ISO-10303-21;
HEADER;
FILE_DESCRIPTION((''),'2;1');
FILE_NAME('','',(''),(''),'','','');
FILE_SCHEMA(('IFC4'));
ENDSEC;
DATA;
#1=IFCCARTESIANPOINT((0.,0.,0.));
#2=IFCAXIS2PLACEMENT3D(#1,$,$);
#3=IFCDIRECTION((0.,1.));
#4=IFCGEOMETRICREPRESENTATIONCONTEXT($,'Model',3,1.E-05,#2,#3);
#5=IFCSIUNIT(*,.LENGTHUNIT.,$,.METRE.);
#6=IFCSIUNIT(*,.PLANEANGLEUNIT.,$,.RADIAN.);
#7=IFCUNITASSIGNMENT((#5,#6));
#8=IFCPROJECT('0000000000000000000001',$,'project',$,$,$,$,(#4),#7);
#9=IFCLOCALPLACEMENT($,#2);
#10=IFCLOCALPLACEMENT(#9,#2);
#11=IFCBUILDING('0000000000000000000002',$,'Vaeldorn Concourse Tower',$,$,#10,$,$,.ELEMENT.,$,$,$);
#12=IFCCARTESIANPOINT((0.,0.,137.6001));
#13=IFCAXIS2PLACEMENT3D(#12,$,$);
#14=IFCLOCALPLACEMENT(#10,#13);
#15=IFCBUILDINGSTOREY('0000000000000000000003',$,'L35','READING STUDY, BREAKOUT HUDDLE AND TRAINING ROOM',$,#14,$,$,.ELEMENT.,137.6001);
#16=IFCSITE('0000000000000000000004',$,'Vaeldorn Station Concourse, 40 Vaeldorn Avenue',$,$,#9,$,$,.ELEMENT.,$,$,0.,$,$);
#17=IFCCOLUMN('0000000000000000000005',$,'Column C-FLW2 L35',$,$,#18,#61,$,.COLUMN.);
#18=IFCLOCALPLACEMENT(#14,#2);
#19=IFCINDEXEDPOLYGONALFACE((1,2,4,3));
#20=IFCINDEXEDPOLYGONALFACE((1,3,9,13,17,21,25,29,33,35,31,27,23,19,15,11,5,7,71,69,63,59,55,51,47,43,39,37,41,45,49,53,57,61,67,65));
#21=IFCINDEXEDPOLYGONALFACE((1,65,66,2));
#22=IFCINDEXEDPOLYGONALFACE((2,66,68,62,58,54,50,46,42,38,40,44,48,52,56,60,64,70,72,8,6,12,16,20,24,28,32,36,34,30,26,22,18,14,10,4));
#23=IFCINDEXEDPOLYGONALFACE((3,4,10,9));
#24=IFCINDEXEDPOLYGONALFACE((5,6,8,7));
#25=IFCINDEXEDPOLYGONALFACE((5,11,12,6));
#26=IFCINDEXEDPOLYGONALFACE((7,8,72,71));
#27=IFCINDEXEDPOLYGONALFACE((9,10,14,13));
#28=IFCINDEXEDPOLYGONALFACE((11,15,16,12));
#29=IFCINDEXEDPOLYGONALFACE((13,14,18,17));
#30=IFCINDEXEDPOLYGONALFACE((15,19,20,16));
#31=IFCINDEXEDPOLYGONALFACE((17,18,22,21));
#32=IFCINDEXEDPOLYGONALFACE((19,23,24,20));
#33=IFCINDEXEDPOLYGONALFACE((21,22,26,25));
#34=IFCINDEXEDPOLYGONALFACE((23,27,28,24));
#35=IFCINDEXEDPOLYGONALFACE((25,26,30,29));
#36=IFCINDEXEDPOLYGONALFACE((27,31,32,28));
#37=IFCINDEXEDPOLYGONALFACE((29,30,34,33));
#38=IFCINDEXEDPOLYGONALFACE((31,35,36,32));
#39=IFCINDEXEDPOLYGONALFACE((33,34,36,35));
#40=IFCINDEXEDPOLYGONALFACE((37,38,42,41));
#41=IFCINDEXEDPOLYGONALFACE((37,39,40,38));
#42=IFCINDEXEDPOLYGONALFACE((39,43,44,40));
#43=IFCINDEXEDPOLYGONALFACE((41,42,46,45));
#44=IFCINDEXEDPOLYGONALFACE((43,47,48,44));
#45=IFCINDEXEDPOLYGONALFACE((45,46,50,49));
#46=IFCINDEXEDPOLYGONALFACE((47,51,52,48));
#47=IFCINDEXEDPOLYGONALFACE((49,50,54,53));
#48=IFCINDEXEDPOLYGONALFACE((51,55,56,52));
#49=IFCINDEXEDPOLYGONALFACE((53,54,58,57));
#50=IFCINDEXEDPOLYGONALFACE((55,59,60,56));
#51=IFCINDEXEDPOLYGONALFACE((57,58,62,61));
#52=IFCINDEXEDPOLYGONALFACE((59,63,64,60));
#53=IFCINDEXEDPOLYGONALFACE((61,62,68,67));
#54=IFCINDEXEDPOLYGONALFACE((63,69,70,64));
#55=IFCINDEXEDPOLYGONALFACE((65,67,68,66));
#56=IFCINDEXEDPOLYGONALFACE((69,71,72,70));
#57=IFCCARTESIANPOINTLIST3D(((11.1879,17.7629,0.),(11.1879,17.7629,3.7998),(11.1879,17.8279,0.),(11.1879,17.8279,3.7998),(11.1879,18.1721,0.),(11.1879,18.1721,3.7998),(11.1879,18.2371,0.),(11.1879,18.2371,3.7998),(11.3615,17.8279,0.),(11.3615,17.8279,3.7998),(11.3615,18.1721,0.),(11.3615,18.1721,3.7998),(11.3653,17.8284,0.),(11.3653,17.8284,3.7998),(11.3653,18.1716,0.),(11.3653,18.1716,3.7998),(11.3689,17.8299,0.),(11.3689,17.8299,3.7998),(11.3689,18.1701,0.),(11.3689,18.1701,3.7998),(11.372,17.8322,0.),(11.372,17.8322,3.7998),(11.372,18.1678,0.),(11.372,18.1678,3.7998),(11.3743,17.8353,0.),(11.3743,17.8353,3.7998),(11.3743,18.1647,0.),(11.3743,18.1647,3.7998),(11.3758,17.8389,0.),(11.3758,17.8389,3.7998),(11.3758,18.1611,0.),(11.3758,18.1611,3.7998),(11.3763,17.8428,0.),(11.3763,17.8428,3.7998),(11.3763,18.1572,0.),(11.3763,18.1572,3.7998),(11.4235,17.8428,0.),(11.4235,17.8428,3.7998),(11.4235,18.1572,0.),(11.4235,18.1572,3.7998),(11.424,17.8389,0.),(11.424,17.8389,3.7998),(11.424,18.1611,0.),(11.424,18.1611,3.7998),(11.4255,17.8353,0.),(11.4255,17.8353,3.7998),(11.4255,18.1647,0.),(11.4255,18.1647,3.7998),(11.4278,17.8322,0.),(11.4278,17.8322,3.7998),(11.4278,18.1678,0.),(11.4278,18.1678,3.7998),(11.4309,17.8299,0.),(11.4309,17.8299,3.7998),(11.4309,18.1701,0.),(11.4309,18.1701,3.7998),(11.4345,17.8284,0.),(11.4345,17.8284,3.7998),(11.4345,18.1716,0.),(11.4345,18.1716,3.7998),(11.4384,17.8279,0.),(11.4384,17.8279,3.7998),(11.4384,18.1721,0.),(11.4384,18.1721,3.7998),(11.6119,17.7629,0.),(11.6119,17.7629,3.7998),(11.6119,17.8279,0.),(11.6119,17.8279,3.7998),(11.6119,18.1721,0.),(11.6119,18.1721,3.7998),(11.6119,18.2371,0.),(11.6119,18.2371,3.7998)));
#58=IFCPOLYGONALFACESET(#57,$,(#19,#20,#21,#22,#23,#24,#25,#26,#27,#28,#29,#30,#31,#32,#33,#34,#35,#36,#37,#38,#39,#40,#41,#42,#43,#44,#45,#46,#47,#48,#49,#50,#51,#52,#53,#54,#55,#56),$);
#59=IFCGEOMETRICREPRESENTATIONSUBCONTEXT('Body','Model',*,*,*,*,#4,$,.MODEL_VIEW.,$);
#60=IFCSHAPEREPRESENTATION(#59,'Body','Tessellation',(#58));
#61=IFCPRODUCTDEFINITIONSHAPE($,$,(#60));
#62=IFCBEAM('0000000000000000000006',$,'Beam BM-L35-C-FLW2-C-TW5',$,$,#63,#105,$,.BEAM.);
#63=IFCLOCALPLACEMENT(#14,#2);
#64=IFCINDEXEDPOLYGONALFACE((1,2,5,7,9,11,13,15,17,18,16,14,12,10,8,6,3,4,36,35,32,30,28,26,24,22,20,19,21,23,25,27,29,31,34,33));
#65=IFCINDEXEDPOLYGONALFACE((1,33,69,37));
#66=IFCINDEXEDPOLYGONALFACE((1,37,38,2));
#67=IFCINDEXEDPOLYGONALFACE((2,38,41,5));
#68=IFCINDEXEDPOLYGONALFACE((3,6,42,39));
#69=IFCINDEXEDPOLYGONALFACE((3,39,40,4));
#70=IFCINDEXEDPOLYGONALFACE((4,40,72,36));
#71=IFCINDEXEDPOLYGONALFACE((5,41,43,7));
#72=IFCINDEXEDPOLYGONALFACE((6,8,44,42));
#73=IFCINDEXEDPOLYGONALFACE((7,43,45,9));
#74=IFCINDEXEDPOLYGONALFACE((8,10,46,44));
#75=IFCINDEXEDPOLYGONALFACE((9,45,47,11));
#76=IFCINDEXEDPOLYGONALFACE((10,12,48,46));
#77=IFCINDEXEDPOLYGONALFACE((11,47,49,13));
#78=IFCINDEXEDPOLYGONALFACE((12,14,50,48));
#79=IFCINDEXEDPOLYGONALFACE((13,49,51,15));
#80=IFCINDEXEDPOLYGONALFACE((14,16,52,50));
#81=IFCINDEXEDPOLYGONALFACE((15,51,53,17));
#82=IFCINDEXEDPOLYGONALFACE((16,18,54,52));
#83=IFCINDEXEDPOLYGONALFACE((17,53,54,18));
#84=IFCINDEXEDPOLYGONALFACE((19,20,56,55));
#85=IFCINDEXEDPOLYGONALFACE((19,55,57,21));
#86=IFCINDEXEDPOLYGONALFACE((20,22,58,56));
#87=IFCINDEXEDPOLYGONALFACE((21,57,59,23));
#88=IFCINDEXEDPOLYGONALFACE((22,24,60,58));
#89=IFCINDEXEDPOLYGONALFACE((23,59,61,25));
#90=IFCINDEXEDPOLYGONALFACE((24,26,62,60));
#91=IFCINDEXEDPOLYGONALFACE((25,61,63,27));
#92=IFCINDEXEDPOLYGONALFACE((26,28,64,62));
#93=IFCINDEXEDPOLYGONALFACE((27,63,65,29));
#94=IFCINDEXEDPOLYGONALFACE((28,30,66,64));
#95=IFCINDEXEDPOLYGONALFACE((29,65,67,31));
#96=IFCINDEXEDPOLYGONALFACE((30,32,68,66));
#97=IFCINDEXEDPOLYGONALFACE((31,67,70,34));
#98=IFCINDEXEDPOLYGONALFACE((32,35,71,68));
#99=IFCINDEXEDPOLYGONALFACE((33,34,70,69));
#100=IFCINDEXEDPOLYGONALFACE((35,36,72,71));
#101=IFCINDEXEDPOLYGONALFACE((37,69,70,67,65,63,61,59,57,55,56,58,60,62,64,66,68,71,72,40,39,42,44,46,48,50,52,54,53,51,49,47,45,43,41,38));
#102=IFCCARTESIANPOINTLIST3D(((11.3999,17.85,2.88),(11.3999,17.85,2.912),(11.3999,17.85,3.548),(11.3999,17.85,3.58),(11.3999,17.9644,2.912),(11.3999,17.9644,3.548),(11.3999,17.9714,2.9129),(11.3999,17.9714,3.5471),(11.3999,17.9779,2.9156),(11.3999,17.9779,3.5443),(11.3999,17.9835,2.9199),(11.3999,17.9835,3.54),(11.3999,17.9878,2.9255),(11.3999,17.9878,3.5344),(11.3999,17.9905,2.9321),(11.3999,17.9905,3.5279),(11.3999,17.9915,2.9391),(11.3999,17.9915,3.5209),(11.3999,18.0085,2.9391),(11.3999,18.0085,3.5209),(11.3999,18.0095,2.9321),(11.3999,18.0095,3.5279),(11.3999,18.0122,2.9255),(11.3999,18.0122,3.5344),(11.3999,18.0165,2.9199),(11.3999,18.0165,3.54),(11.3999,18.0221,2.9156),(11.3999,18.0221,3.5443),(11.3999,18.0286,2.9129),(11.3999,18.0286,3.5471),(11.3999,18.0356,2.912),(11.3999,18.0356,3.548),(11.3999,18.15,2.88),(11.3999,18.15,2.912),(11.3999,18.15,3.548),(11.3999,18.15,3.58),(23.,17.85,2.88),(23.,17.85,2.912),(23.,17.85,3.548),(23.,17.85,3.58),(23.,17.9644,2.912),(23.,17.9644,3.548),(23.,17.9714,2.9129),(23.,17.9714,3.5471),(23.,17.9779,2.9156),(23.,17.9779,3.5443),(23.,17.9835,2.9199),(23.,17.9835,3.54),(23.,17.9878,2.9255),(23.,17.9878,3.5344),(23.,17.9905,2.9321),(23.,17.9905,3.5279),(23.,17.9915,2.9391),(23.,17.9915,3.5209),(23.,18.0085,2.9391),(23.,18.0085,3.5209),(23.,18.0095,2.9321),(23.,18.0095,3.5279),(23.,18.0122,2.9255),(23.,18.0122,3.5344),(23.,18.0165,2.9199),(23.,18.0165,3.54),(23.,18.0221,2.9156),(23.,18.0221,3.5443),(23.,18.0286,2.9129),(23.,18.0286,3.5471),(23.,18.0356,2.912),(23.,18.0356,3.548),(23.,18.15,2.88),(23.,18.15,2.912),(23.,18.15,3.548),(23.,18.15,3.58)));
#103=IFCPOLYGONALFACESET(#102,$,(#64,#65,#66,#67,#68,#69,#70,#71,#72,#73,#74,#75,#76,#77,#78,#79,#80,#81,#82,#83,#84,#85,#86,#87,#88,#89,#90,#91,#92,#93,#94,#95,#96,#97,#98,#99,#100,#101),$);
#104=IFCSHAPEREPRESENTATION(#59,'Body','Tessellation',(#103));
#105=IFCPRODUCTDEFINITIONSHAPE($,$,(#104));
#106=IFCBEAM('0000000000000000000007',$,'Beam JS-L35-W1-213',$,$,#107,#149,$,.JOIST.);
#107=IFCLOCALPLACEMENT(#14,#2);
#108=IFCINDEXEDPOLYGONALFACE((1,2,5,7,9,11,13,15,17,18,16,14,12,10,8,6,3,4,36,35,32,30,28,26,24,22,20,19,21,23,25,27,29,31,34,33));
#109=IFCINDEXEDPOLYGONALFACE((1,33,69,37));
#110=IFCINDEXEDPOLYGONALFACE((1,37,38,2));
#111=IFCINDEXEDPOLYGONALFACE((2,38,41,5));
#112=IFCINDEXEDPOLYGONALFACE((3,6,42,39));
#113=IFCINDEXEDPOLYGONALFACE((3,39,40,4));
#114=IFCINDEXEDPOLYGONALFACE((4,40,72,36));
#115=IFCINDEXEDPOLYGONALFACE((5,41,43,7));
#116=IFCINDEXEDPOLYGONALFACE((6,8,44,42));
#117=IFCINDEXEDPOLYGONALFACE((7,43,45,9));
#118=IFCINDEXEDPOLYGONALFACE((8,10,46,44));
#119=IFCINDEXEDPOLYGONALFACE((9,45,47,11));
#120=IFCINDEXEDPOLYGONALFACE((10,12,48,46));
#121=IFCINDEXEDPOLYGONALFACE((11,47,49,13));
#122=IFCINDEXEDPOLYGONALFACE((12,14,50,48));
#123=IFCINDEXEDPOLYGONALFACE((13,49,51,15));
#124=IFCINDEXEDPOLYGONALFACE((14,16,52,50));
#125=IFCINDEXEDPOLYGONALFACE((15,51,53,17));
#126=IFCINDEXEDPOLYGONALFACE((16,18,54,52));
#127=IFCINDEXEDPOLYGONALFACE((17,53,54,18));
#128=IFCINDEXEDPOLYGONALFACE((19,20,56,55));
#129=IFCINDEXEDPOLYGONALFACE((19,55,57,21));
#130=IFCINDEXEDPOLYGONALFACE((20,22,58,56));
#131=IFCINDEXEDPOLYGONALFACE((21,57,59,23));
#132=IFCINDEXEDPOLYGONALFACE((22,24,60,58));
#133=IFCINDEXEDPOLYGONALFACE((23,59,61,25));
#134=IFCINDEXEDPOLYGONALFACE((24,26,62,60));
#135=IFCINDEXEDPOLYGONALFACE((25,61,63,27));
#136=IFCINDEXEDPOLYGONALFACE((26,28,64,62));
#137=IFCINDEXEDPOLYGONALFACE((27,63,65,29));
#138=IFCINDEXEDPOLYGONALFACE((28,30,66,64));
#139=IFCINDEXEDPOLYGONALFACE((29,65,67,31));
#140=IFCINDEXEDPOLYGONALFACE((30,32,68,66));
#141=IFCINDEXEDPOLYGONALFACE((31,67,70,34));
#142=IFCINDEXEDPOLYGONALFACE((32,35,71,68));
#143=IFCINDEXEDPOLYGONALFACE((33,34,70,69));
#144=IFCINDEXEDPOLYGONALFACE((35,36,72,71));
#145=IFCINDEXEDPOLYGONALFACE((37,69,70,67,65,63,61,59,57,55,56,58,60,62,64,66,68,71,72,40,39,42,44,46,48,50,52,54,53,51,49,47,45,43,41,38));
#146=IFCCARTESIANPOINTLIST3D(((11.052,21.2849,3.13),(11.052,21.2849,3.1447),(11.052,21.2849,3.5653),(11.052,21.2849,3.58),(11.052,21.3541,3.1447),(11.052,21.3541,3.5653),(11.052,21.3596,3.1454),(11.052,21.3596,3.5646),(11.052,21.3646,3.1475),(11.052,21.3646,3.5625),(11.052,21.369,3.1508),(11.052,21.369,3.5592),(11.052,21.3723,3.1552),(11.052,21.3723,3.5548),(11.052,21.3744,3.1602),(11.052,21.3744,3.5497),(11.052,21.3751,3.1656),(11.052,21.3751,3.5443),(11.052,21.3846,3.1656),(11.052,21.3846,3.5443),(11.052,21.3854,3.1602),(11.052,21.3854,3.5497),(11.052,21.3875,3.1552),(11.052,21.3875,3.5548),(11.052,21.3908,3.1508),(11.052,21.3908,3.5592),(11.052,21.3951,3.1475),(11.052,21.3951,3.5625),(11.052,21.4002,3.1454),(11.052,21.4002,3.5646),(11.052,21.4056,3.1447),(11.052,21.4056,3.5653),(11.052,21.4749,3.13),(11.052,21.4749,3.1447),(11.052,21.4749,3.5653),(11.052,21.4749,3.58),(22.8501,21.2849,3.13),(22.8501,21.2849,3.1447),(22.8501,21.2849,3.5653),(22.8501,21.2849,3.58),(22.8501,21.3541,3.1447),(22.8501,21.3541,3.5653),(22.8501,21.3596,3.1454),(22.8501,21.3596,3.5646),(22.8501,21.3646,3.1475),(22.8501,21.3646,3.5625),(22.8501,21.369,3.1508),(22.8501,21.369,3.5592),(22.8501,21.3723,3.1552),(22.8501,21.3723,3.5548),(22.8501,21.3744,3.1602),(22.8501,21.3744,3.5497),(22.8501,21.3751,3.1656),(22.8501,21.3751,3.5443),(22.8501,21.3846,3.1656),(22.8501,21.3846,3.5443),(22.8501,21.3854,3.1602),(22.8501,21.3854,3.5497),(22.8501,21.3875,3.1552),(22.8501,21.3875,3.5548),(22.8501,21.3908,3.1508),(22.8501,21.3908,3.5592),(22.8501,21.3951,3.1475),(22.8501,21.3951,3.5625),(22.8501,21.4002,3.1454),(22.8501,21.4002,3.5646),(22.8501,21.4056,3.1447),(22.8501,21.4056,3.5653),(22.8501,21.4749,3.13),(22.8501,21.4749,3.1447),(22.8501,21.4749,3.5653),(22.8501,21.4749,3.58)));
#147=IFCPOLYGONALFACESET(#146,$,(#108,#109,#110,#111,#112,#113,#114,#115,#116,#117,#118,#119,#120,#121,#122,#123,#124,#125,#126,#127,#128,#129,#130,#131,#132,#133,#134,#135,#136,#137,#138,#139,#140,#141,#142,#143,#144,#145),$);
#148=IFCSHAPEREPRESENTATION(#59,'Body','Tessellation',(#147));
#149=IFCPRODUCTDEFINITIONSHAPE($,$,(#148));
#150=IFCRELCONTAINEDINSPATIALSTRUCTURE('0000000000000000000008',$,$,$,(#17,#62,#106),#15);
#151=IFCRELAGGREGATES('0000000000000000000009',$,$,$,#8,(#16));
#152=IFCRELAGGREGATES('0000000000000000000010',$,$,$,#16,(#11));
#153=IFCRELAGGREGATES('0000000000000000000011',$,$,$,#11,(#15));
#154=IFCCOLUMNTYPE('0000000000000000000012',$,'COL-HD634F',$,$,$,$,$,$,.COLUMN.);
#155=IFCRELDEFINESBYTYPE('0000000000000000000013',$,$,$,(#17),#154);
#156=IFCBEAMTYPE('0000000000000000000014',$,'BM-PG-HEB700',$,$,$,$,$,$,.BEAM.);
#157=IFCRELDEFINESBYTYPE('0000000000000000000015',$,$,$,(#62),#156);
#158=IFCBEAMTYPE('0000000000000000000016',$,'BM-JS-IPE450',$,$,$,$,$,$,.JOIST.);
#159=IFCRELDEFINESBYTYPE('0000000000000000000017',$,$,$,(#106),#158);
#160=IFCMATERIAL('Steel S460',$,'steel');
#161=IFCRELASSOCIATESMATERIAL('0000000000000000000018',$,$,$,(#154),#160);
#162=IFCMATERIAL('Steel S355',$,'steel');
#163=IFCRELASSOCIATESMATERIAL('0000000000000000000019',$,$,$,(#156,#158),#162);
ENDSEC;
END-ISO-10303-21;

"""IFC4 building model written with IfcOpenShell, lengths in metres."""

from ifc_helpers import new_model, si_unit, direction, frame, origin, origin_2d, place, context, subcontext, project, spatial, i_section, extrude, source, transform, mapped, material, material_profile, profile_set, type_object, element, save


model = new_model("IFC4")

# Units and contexts
model_context = context("Model", 3, precision=1e-05, world=origin(), true_north=direction((0.0, 1.0)))
body_context = subcontext(model_context, "Body", "Model", "MODEL_VIEW")
ifc_project = project(units=[si_unit("LENGTHUNIT", "METRE"), si_unit("PLANEANGLEUNIT", "RADIAN")], contexts=[model_context])

# Site, building, storey
site_placement = place(None, origin())
site = spatial("IfcSite", under=ifc_project, at=site_placement, Name="Vaeldorn Station Concourse, 40 Vaeldorn Avenue", CompositionType="ELEMENT", RefElevation=0.0)
building_placement = place(site_placement, origin())
building = spatial("IfcBuilding", under=site, at=building_placement, Name="Vaeldorn Concourse Tower", CompositionType="ELEMENT")
storey_placement = place(building_placement, frame((0.0, 0.0, 137.6001)))
storey = spatial("IfcBuildingStorey", under=building, at=storey_placement, Name="L35", Description="READING STUDY, BREAKOUT HUDDLE AND TRAINING ROOM", CompositionType="ELEMENT", Elevation=137.6001)

# Column
ifc_material_1 = material(Name="Steel S460", Category="steel")
ifc_material_profile_1 = material_profile(ifc_material_1, i_section(OverallWidth=0.4241, OverallDepth=0.4741, WebThickness=0.0471, FlangeThickness=0.0649, FilletRadius=0.0149, at=origin_2d()), Name="HD 400x634")
ifc_profile_set_1 = profile_set([ifc_material_profile_1], Name="Steel S460")
column_type = type_object("IfcColumnType", Name="COL-HD634F", PredefinedType="COLUMN", material=ifc_profile_set_1)
shared_shape_1 = source(origin(), body_context, "Body", "SweptSolid", [
    extrude(i_section(OverallWidth=0.4241, OverallDepth=0.4741, WebThickness=0.0471, FlangeThickness=0.0649, FilletRadius=0.0149, at=origin_2d()), origin(), (0.0, 0.0, 1.0), 3.7998),
])
column_placement = place(storey_placement, frame((11.3999, 18.0, 0.0), z_axis=(0.0, 0.0, 1.0), x_axis=(1.0, 0.0, 0.0)))
element("IfcColumn", 1, at=column_placement, inside=storey, type_object=column_type, Name="Column C-FLW2 L35", PredefinedType="COLUMN", context=body_context, shape_type="MappedRepresentation", body=[
    mapped(shared_shape_1, transform((0.0, 0.0, 0.0), scale=1.0)),
])

# Beams
ifc_material_2 = material(Name="Steel S355", Category="steel")
ifc_material_profile_2 = material_profile(ifc_material_2, i_section(OverallWidth=0.3, OverallDepth=0.7, WebThickness=0.0171, FlangeThickness=0.032, FilletRadius=0.0271, at=origin_2d()), Name="HEB 700")
ifc_profile_set_2 = profile_set([ifc_material_profile_2], Name="Steel S355")
beam_type_1 = type_object("IfcBeamType", Name="BM-PG-HEB700", PredefinedType="BEAM", material=ifc_profile_set_2)
shared_shape_2 = source(origin(), body_context, "Body", "SweptSolid", [
    extrude(i_section(OverallWidth=0.3, OverallDepth=0.7, WebThickness=0.0171, FlangeThickness=0.032, FilletRadius=0.0271, at=origin_2d()), origin(), (0.0, 0.0, 1.0), 11.6001),
])
beam_1_placement = place(storey_placement, frame((11.3999, 18.0, 3.23), z_axis=(1.0, 0.0, 0.0), x_axis=(0.0, 1.0, 0.0)))
element("IfcBeam", 2, at=beam_1_placement, inside=storey, type_object=beam_type_1, Name="Beam BM-L35-C-FLW2-C-TW5", PredefinedType="BEAM", context=body_context, shape_type="MappedRepresentation", body=[
    mapped(shared_shape_2, transform((0.0, 0.0, 0.0), scale=1.0)),
])
ifc_material_profile_3 = material_profile(ifc_material_2, i_section(OverallWidth=0.1899, OverallDepth=0.45, WebThickness=0.0095, FlangeThickness=0.0146, FilletRadius=0.021, at=origin_2d()), Name="IPE 450")
ifc_profile_set_3 = profile_set([ifc_material_profile_3], Name="Steel S355")
beam_type_2 = type_object("IfcBeamType", Name="BM-JS-IPE450", PredefinedType="JOIST", material=ifc_profile_set_3)
shared_shape_3 = source(origin(), body_context, "Body", "SweptSolid", [
    extrude(i_section(OverallWidth=0.1899, OverallDepth=0.45, WebThickness=0.0095, FlangeThickness=0.0146, FilletRadius=0.021, at=origin_2d()), origin(), (0.0, 0.0, 1.0), 11.7981),
])
beam_2_placement = place(storey_placement, frame((11.052, 21.3799, 3.355), z_axis=(1.0, 0.0, 0.0), x_axis=(0.0, 1.0, 0.0)))
element("IfcBeam", 3, at=beam_2_placement, inside=storey, type_object=beam_type_2, Name="Beam JS-L35-W1-213", PredefinedType="JOIST", context=body_context, shape_type="MappedRepresentation", body=[
    mapped(shared_shape_3, transform((0.0, 0.0, 0.0), scale=1.0)),
])

save(model, "model.ifc")
